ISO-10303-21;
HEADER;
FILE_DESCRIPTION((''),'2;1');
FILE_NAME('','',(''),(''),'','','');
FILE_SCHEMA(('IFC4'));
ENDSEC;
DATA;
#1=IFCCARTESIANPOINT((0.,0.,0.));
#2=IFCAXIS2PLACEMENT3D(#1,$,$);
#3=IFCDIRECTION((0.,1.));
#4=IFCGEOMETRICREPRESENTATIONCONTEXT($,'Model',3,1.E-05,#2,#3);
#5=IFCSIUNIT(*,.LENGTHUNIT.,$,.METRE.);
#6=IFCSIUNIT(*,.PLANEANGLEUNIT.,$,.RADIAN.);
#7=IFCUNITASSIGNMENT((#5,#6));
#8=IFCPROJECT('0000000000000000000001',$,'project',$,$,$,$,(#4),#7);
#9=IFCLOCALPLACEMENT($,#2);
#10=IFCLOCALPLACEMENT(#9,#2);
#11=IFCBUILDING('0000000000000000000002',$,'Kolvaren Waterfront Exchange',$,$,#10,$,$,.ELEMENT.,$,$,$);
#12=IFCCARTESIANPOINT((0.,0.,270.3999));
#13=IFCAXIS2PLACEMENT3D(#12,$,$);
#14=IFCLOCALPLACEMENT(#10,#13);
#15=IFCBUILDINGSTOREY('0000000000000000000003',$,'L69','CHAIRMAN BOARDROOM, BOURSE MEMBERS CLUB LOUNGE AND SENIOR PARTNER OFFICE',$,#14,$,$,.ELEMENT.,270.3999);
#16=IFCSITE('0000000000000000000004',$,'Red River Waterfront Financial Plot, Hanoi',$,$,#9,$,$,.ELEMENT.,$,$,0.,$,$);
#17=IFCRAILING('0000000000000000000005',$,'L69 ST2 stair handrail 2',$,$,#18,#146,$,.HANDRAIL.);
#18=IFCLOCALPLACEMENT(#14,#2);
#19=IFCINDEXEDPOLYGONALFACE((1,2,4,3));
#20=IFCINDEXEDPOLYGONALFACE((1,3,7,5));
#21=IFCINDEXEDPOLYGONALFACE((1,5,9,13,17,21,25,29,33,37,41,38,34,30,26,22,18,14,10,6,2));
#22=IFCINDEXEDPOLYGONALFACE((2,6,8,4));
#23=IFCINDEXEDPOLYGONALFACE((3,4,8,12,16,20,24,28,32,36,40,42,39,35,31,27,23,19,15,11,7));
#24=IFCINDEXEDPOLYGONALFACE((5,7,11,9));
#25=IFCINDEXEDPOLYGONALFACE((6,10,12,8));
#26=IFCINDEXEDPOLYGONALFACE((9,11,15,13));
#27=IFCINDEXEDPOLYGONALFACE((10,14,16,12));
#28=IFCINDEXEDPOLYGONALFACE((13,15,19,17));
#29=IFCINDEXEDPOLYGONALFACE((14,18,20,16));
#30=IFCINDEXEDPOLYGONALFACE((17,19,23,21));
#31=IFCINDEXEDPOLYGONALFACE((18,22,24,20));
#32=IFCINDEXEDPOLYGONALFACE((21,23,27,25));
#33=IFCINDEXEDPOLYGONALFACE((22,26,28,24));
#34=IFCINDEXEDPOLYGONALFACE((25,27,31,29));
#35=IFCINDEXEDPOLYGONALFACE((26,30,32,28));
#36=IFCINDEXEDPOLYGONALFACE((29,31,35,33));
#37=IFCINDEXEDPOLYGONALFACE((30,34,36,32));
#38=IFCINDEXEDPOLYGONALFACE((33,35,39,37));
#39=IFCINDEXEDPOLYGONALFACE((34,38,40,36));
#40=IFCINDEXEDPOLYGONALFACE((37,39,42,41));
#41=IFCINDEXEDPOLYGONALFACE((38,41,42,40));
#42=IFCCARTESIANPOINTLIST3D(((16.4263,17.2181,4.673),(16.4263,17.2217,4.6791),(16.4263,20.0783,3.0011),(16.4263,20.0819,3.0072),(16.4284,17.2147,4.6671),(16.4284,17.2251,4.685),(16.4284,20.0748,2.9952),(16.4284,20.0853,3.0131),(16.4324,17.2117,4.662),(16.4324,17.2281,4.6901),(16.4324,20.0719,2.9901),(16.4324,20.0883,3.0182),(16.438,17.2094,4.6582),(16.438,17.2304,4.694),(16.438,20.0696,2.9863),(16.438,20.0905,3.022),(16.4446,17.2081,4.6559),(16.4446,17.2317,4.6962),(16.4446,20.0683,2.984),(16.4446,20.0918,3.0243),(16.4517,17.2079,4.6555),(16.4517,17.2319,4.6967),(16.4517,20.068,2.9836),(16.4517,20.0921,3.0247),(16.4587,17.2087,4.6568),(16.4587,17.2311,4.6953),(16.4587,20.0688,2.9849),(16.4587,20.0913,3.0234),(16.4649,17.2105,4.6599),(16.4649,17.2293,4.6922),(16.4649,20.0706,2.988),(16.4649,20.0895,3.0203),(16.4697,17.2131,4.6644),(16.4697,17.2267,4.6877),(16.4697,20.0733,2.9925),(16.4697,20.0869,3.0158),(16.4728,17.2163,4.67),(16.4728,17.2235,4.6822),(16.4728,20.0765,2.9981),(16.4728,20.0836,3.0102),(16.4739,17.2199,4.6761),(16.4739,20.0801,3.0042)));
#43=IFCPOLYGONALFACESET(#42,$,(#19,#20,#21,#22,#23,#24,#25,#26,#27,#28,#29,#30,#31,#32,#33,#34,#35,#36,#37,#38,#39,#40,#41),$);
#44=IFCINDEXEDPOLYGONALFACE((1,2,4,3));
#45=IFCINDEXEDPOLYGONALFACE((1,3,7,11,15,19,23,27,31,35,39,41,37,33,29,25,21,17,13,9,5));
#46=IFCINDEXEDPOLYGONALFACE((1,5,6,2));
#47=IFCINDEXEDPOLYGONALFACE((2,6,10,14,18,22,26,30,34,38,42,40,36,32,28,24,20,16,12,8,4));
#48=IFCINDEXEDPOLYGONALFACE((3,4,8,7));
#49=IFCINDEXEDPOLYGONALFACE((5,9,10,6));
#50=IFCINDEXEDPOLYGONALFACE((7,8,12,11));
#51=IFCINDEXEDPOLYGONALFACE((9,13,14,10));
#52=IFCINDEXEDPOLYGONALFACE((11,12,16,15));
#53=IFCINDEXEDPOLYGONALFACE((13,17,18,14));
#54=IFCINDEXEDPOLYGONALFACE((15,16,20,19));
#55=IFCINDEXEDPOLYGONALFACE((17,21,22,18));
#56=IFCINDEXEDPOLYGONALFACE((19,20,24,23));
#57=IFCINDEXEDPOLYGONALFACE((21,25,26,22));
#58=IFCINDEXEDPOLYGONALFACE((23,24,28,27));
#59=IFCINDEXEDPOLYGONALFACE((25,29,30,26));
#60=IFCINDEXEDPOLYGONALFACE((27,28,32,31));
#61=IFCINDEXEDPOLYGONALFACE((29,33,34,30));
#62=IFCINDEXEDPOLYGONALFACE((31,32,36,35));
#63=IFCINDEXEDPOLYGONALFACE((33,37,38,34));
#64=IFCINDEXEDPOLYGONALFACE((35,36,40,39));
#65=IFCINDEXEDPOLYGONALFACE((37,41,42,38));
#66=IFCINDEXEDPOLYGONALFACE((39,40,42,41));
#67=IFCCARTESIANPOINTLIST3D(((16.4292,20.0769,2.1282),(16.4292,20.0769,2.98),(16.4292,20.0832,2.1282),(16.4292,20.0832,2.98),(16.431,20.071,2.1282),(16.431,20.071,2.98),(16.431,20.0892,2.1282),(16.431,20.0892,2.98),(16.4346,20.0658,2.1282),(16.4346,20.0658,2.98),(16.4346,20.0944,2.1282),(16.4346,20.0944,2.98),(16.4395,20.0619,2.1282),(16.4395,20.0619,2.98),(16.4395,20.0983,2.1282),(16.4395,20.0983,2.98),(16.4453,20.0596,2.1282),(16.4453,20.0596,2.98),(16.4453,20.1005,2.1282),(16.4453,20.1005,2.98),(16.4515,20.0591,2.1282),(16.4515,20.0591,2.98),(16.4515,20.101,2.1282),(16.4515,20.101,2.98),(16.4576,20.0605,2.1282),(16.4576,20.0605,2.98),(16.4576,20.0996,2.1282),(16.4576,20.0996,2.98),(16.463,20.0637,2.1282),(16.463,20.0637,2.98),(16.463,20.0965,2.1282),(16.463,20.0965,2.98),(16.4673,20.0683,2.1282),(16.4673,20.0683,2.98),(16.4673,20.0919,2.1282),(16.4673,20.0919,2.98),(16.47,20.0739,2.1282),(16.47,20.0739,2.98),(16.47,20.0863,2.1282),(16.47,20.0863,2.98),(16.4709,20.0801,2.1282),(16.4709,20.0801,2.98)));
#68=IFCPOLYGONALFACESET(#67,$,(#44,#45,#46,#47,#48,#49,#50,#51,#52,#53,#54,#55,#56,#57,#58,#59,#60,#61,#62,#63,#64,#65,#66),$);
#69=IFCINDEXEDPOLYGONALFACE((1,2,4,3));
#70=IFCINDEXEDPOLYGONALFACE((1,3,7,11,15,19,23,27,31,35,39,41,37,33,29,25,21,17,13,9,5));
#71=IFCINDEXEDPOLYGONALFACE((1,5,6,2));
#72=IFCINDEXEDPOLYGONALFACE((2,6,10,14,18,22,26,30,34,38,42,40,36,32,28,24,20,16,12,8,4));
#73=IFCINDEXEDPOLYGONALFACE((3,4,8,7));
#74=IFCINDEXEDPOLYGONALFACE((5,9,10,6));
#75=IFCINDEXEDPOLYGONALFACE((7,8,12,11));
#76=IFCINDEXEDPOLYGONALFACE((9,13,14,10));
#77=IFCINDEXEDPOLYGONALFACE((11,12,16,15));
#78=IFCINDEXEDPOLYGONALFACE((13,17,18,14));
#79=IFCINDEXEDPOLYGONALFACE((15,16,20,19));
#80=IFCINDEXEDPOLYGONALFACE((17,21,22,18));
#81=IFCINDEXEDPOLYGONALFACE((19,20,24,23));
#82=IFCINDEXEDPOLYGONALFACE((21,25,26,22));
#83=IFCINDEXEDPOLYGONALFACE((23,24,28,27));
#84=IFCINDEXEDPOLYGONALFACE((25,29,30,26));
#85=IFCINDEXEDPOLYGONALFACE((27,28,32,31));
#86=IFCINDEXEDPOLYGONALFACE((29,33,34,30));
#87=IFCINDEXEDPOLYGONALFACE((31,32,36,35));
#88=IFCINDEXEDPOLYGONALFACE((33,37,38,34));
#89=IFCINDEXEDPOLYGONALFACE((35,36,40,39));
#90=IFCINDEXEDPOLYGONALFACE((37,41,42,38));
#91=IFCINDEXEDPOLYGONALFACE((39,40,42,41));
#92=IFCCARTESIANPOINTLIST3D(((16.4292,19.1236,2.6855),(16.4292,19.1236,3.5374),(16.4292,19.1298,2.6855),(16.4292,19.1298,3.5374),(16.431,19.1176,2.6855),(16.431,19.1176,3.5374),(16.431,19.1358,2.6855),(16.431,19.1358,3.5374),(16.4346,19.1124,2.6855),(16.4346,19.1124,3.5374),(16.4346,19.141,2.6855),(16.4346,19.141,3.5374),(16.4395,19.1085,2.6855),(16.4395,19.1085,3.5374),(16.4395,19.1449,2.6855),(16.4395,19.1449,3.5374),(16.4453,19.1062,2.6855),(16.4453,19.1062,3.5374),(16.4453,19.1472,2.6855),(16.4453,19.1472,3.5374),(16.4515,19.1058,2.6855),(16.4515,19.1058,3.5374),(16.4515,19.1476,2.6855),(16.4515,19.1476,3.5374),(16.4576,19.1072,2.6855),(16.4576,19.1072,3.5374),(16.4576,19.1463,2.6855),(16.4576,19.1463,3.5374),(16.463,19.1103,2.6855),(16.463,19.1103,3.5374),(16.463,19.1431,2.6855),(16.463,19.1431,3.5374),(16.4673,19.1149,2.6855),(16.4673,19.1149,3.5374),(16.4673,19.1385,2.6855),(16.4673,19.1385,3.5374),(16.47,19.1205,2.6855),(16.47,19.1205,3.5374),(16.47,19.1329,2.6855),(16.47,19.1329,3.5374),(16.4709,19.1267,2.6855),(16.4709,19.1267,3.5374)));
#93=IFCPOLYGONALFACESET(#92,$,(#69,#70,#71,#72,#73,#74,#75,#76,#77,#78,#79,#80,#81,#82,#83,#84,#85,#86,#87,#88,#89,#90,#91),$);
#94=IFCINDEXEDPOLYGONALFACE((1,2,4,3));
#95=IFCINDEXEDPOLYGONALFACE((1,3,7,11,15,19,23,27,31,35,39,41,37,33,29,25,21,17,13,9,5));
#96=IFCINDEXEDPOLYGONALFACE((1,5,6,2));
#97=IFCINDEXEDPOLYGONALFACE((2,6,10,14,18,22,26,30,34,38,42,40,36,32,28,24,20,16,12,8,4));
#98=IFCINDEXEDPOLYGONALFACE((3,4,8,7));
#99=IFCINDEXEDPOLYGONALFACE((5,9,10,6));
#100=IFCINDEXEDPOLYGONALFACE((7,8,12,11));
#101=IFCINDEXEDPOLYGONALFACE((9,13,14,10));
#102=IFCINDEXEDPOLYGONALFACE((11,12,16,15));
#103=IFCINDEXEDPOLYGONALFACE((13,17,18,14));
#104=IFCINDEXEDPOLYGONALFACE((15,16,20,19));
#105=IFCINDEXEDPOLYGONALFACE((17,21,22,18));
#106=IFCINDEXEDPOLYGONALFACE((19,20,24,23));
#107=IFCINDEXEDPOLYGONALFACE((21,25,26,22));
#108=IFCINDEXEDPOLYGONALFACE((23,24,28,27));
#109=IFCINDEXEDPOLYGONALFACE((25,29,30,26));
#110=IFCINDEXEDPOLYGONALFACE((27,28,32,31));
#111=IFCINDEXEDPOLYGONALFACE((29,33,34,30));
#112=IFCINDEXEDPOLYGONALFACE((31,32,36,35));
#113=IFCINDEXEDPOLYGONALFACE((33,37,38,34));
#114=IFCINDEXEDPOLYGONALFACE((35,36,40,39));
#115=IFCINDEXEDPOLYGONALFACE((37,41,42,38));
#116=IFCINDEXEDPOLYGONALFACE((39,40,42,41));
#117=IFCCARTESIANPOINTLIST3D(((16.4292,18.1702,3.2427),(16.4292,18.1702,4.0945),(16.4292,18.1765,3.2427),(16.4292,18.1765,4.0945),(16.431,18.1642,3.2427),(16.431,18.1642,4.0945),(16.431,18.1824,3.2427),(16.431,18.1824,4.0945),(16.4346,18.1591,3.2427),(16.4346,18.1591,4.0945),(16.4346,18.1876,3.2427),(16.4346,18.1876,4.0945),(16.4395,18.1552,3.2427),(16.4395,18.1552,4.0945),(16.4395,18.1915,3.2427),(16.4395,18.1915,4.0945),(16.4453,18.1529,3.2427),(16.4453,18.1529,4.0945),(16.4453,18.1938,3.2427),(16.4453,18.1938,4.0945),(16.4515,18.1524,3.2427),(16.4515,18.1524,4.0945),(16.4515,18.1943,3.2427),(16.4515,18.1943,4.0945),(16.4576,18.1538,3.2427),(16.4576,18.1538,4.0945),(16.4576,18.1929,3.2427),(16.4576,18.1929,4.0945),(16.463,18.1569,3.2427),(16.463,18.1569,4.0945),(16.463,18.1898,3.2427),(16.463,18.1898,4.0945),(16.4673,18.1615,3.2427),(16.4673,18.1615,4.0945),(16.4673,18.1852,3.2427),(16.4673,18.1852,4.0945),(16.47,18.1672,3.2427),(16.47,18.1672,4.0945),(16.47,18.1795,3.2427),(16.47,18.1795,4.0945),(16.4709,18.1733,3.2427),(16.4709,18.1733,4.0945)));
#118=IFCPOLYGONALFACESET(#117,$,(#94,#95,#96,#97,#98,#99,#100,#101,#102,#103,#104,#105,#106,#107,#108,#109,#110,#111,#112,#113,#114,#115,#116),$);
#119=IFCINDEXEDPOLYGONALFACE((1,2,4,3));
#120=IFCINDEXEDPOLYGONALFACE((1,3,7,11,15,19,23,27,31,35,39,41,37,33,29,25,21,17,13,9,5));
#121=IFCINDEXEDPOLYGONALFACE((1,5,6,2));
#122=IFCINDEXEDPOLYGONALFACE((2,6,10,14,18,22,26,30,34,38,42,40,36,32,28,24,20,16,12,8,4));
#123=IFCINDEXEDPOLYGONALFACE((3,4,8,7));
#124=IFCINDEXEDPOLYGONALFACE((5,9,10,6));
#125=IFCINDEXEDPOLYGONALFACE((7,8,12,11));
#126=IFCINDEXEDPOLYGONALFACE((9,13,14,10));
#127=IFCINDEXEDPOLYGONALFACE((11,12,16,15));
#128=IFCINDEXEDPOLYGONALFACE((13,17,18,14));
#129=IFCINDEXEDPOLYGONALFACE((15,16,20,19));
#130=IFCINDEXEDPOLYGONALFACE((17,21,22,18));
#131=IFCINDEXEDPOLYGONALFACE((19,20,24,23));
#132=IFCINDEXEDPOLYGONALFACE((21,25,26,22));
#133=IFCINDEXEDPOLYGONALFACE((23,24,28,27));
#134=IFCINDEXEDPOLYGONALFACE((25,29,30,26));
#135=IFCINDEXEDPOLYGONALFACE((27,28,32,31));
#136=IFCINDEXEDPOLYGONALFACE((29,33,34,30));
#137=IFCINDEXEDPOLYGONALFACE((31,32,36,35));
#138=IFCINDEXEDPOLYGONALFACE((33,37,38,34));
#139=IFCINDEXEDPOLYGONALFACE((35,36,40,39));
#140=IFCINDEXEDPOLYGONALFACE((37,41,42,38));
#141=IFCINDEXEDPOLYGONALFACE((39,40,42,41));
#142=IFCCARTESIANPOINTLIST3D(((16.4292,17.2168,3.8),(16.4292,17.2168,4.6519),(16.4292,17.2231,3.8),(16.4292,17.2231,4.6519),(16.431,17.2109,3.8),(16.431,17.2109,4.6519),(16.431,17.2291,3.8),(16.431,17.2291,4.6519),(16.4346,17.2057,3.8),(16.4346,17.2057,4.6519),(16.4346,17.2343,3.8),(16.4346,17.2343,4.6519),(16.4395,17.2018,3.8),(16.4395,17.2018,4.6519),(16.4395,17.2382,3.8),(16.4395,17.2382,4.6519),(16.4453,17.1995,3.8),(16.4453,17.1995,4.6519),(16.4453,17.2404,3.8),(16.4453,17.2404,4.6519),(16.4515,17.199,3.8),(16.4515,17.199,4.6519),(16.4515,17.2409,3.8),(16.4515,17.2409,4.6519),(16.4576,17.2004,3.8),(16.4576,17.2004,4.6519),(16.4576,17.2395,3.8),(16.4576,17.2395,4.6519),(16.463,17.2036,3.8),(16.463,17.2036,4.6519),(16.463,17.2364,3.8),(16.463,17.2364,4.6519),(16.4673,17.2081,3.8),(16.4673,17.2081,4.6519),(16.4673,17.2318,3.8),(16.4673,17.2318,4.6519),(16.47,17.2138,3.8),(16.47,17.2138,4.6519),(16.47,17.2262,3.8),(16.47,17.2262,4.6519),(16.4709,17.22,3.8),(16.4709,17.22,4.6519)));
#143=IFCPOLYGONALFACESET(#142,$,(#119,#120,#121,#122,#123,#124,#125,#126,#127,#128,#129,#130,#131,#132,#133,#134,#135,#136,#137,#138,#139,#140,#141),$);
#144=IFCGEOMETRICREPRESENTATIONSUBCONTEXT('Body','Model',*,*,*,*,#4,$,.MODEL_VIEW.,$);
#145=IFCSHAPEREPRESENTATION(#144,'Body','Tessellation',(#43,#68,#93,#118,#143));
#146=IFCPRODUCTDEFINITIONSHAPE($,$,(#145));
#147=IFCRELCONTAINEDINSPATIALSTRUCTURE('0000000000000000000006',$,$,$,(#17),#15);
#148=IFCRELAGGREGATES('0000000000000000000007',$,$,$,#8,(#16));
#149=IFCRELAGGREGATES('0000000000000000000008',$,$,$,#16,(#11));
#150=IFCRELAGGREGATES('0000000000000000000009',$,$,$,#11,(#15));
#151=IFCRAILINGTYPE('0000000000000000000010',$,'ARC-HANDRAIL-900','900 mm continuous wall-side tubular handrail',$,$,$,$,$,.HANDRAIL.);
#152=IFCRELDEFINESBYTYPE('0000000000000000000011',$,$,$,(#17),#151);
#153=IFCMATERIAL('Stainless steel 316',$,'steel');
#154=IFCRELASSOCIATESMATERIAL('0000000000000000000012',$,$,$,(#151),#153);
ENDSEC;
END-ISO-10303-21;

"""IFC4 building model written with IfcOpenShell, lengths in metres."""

from ifc_helpers import new_model, si_unit, direction, frame, origin, origin_2d, place, context, subcontext, project, spatial, circle, extrude, material, type_object, element, save


model = new_model("IFC4")

# Units and contexts
model_context = context("Model", 3, precision=1e-05, world=origin(), true_north=direction((0.0, 1.0)))
body_context = subcontext(model_context, "Body", "Model", "MODEL_VIEW")
ifc_project = project(units=[si_unit("LENGTHUNIT", "METRE"), si_unit("PLANEANGLEUNIT", "RADIAN")], contexts=[model_context])

# Site, building, storey
site_placement = place(None, origin())
site = spatial("IfcSite", under=ifc_project, at=site_placement, Name="Red River Waterfront Financial Plot, Hanoi", CompositionType="ELEMENT", RefElevation=0.0)
building_placement = place(site_placement, origin())
building = spatial("IfcBuilding", under=site, at=building_placement, Name="Kolvaren Waterfront Exchange", CompositionType="ELEMENT")
storey_placement = place(building_placement, frame((0.0, 0.0, 270.3999)))
storey = spatial("IfcBuildingStorey", under=building, at=storey_placement, Name="L69", Description="CHAIRMAN BOARDROOM, BOURSE MEMBERS CLUB LOUNGE AND SENIOR PARTNER OFFICE", CompositionType="ELEMENT", Elevation=270.3999)

# Railing
ifc_material_1 = material(Name="Stainless steel 316", Category="steel")
railing_type_1 = type_object("IfcRailingType", Name="ARC-HANDRAIL-900", Description="900 mm continuous wall-side tubular handrail", PredefinedType="HANDRAIL", material=ifc_material_1)
railing_1_placement = place(storey_placement, frame((16.45, 20.0801, 2.1282)))
element("IfcRailing", 1, at=railing_1_placement, inside=storey, type_object=railing_type_1, Name="L69 ST2 stair handrail 2", PredefinedType="HANDRAIL", context=body_context, shape_type="SweptSolid", body=[
    extrude(circle(Radius=0.0239, at=origin_2d()), frame((0.0, 0.0, 0.876), z_axis=(0.0, -0.863321, 0.504654), x_axis=(1.0, 0.0, 0.0)), (0.0, 0.0, 1.0), 3.313),
    extrude(circle(Radius=0.021, at=origin_2d()), origin(), (0.0, 0.0, 1.0), 0.8518),
    extrude(circle(Radius=0.021, at=origin_2d()), frame((0.0, -0.9534, 0.5574)), (0.0, 0.0, 1.0), 0.8518),
    extrude(circle(Radius=0.021, at=origin_2d()), frame((0.0, -1.9067, 1.1145)), (0.0, 0.0, 1.0), 0.8518),
    extrude(circle(Radius=0.021, at=origin_2d()), frame((0.0, -2.8601, 1.6719)), (0.0, 0.0, 1.0), 0.8518),
])

save(model, "model.ifc")
